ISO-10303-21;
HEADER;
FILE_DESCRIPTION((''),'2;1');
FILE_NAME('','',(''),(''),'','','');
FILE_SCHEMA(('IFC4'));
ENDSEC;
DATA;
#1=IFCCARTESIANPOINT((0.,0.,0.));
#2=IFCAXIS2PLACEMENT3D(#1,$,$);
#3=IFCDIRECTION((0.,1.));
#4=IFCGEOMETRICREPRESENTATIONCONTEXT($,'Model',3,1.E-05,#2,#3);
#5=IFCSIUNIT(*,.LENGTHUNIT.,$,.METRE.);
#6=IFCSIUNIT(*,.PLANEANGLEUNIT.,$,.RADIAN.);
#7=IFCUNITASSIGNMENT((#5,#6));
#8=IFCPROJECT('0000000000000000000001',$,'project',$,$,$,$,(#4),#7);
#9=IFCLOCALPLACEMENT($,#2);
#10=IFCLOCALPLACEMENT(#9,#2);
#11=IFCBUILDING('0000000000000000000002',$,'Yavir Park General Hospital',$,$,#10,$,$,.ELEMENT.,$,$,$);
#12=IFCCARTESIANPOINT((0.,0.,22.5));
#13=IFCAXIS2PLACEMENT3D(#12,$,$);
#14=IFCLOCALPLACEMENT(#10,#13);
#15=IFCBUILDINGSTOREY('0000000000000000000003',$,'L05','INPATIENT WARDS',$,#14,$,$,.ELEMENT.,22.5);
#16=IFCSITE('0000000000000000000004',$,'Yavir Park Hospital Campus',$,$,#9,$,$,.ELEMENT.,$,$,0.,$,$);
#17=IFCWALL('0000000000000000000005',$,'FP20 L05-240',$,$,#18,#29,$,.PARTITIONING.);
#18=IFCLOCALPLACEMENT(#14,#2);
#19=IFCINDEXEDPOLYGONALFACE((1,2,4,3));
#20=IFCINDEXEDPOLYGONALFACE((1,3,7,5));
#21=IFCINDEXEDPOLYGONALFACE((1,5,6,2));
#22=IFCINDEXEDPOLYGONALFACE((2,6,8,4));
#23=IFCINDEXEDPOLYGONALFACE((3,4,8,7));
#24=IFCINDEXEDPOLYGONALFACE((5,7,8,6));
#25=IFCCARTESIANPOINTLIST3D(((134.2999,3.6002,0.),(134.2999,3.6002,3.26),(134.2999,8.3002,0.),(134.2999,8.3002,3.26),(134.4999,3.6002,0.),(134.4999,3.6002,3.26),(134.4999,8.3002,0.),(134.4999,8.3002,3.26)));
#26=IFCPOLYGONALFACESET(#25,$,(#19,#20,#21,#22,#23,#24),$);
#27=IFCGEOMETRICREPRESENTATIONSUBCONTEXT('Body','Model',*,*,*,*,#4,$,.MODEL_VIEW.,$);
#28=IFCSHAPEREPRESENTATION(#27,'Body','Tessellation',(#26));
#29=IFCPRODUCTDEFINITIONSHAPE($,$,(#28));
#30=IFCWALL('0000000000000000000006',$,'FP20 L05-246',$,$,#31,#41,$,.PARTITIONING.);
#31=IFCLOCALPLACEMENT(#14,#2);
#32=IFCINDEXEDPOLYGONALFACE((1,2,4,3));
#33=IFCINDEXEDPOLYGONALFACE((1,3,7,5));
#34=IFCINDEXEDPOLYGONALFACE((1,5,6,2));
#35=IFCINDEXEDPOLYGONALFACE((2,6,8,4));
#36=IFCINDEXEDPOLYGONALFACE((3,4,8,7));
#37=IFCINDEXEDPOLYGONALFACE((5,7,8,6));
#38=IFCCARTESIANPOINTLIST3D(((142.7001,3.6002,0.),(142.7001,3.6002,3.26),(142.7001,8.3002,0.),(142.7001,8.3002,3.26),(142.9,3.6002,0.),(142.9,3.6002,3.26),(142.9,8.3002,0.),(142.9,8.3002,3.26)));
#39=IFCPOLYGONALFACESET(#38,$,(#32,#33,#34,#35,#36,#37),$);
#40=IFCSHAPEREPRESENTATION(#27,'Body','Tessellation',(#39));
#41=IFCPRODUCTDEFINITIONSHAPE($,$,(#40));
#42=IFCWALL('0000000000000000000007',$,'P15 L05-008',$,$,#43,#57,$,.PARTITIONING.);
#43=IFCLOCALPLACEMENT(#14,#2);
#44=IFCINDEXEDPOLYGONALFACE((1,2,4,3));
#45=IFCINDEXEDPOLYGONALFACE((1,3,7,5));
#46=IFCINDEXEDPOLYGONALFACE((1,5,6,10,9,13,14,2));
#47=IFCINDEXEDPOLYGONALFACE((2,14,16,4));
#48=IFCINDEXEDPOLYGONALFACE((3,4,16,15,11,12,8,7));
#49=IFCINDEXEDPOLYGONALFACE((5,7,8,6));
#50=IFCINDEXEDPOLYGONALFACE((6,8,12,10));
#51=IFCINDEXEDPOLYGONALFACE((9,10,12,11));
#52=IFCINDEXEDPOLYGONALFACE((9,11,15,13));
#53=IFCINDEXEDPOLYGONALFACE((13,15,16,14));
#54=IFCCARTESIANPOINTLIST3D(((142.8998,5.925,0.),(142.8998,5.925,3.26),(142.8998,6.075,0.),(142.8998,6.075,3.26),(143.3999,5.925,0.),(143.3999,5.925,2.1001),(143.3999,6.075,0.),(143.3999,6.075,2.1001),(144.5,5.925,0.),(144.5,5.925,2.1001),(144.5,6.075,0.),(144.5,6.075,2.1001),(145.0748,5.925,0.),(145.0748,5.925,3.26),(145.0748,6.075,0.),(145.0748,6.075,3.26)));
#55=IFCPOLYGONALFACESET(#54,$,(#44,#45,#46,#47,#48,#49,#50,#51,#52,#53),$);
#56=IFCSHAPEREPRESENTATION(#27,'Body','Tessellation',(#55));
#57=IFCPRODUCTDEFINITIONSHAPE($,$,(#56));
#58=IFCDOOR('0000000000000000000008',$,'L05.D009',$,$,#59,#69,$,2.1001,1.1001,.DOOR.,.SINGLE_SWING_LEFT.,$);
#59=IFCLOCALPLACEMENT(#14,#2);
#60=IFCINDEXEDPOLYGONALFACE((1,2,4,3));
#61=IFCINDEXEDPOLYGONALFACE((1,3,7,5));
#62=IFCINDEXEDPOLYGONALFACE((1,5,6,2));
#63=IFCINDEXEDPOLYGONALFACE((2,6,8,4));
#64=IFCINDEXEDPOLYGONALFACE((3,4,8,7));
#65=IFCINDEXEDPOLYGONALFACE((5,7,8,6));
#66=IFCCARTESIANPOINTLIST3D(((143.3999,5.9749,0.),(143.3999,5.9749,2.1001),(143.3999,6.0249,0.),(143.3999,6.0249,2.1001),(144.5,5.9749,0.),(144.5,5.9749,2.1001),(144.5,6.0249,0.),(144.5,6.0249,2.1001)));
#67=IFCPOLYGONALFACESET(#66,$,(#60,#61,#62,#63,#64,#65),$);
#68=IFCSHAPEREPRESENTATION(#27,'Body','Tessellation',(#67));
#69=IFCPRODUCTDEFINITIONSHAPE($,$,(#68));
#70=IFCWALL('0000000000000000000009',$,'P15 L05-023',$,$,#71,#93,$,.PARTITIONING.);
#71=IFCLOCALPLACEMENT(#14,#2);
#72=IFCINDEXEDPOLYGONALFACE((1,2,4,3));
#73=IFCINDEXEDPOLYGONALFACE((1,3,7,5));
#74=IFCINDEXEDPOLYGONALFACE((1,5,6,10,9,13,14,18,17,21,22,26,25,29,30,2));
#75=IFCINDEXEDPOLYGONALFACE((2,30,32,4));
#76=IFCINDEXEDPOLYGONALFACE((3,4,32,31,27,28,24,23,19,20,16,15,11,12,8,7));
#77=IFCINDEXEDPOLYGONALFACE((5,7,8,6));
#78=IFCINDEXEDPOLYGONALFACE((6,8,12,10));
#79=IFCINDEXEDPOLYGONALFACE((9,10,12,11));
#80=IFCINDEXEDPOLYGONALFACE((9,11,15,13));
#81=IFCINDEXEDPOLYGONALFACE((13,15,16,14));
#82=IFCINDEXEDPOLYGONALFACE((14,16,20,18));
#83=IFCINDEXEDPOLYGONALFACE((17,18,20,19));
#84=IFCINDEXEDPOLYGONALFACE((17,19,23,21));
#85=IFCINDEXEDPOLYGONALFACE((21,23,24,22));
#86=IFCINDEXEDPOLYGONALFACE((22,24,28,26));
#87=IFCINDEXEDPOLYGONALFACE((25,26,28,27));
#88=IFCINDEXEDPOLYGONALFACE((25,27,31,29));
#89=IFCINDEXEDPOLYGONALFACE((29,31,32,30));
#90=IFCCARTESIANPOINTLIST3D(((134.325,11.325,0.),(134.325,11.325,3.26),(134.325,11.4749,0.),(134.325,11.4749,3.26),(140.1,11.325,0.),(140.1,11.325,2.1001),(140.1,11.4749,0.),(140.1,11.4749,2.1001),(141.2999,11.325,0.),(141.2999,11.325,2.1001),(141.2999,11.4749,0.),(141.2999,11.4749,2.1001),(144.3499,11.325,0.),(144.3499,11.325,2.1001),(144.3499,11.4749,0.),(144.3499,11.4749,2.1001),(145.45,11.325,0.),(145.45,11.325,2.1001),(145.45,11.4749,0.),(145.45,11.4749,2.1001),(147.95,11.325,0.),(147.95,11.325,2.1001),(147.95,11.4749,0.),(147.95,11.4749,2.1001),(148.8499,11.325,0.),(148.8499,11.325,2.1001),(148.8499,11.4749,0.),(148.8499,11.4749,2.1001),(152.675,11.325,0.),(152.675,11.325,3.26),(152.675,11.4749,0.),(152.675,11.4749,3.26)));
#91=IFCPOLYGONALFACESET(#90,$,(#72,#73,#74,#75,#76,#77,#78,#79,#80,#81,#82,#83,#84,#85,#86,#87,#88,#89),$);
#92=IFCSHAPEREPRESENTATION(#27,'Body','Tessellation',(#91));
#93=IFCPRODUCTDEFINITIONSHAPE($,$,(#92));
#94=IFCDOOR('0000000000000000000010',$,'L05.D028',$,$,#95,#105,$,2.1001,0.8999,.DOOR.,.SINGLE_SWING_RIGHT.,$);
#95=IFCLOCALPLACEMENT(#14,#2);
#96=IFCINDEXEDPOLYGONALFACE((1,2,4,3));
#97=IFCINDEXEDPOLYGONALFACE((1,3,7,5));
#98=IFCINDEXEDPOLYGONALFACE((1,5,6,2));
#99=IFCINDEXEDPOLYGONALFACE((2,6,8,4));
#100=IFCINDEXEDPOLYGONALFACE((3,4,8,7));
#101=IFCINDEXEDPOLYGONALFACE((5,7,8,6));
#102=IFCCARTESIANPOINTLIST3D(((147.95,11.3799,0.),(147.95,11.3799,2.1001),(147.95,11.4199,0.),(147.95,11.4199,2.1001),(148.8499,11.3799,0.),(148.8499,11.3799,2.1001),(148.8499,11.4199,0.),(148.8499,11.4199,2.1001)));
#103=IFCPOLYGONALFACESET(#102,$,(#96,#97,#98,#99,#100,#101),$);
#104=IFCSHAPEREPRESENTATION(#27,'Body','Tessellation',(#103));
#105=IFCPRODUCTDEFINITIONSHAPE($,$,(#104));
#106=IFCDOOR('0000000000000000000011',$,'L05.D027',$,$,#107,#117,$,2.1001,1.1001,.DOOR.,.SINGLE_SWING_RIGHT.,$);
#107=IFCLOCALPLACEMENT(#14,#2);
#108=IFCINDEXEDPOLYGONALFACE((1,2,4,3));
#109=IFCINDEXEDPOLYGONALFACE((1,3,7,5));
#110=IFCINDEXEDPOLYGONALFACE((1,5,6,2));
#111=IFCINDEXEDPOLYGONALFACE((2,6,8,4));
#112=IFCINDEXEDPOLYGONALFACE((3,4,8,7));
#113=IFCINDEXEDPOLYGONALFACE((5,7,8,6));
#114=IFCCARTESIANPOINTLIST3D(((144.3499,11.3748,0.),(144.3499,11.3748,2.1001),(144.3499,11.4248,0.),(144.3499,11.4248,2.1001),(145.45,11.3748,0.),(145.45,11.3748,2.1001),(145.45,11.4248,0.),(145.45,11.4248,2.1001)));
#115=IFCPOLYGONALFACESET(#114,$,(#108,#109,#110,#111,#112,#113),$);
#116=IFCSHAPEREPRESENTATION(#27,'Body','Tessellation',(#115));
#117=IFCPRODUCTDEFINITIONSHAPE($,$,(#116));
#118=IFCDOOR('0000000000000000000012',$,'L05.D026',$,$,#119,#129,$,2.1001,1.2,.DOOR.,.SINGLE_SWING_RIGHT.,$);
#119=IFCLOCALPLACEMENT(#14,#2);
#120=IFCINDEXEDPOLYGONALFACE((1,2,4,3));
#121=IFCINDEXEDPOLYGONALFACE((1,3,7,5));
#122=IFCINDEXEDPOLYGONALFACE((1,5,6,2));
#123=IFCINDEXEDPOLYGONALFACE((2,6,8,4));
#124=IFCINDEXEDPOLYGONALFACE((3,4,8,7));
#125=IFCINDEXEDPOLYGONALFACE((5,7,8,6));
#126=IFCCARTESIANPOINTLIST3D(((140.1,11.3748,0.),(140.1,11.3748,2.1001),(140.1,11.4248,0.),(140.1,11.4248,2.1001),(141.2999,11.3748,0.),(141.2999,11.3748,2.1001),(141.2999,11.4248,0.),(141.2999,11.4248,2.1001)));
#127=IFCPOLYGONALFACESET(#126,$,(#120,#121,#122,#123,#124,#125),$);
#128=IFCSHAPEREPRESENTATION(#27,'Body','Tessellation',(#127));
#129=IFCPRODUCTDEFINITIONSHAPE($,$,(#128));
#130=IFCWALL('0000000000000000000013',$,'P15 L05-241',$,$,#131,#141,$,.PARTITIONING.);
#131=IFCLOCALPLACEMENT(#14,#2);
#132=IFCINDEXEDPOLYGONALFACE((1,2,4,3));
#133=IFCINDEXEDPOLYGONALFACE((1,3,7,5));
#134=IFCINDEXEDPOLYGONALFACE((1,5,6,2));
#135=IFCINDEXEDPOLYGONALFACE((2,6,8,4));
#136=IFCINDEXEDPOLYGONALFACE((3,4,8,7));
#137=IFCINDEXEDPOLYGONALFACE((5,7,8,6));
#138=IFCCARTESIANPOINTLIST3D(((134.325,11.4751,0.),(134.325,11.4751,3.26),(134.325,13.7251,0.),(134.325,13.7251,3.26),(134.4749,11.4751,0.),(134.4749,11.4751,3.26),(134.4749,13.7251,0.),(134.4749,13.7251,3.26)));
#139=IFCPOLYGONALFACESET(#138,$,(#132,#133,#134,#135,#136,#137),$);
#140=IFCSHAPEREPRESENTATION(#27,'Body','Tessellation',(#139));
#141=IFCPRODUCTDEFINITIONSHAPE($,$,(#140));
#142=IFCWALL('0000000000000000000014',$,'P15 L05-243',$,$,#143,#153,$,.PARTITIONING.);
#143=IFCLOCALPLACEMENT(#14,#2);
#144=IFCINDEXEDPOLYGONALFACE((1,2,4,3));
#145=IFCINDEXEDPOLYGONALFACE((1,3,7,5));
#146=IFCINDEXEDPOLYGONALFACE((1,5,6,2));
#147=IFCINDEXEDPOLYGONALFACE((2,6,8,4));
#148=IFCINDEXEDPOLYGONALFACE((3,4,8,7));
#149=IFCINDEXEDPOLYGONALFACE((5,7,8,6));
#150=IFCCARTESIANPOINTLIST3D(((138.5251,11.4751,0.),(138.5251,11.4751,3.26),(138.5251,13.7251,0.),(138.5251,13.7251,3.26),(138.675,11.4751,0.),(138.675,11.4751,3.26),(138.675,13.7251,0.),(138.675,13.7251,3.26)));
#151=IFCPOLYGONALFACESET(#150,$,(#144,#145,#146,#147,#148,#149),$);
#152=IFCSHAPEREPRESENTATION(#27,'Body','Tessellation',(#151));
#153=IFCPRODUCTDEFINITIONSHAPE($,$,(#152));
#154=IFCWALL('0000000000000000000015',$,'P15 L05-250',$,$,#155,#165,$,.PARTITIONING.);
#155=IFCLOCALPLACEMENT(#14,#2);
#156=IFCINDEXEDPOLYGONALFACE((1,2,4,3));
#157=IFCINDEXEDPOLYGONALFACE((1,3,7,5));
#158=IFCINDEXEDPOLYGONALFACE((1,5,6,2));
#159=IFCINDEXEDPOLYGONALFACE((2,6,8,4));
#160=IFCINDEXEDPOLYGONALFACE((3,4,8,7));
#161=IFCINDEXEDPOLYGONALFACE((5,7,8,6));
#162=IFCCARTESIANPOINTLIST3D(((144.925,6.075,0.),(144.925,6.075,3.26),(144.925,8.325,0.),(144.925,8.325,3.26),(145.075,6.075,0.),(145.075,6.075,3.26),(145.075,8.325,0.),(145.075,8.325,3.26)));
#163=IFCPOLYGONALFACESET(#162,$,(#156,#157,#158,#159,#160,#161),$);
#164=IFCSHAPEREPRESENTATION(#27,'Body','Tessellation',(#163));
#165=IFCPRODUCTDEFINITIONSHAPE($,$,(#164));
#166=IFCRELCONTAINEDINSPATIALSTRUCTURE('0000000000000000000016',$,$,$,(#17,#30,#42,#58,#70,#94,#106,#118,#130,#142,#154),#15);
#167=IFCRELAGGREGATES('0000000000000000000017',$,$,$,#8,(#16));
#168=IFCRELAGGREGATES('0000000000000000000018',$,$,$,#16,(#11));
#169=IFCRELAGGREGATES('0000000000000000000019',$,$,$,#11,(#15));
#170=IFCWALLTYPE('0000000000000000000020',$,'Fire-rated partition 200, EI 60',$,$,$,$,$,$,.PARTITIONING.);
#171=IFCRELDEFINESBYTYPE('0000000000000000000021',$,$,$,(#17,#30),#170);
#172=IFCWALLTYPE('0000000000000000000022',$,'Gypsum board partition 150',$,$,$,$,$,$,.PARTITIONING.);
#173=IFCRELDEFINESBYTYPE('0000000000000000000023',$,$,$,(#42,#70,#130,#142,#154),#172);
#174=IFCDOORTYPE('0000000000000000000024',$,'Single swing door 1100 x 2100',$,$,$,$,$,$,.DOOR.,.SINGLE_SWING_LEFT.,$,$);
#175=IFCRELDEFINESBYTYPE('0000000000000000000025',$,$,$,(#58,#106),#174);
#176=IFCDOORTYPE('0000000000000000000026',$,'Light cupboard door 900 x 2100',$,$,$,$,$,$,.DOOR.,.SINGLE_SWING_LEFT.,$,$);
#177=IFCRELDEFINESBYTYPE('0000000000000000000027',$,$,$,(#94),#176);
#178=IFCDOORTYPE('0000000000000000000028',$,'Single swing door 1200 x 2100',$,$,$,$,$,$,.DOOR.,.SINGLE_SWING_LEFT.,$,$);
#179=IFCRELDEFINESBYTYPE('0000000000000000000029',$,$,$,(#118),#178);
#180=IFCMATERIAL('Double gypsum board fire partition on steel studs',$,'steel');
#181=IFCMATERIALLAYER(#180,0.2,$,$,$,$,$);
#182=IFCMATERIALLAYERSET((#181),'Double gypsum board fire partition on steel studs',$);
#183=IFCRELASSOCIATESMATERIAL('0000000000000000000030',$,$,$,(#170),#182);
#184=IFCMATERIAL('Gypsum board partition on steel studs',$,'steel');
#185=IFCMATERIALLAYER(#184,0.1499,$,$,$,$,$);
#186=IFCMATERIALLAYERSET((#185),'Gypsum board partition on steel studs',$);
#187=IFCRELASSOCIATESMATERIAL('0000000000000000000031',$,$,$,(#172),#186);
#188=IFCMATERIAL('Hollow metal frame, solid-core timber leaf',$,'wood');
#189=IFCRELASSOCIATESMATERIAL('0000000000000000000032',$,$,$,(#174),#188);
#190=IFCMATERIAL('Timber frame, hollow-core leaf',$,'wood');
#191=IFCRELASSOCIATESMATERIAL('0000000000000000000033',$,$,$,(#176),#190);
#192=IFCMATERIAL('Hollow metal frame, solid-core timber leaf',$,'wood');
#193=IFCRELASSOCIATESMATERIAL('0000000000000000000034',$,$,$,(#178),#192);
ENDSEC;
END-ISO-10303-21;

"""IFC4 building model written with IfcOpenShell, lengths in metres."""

from ifc_helpers import new_model, si_unit, direction, frame, frame_2d, origin, place, context, subcontext, project, spatial, rectangle, extrude, material, layer, layer_set, type_object, element, fill, save


model = new_model("IFC4")

# Units and contexts
model_context = context("Model", 3, precision=1e-05, world=origin(), true_north=direction((0.0, 1.0)))
body_context = subcontext(model_context, "Body", "Model", "MODEL_VIEW")
ifc_project = project(units=[si_unit("LENGTHUNIT", "METRE"), si_unit("PLANEANGLEUNIT", "RADIAN")], contexts=[model_context])

# Site, building, storey
site_placement = place(None, origin())
site = spatial("IfcSite", under=ifc_project, at=site_placement, Name="Yavir Park Hospital Campus", CompositionType="ELEMENT", RefElevation=0.0)
building_placement = place(site_placement, origin())
building = spatial("IfcBuilding", under=site, at=building_placement, Name="Yavir Park General Hospital", CompositionType="ELEMENT")
storey_placement = place(building_placement, frame((0.0, 0.0, 22.5)))
storey = spatial("IfcBuildingStorey", under=building, at=storey_placement, Name="L05", Description="INPATIENT WARDS", CompositionType="ELEMENT", Elevation=22.5)

# Shared definitions
ifc_material_1 = material(Name="Double gypsum board fire partition on steel studs", Category="steel")
ifc_layer_1 = layer(ifc_material_1, 0.2)
ifc_layer_set_1 = layer_set([ifc_layer_1], Name="Double gypsum board fire partition on steel studs")
wall_type_1 = type_object("IfcWallType", Name="Fire-rated partition 200, EI 60", PredefinedType="PARTITIONING", material=ifc_layer_set_1)

# Walls
for number, where, z_axis, x_axis, name in (
    (1, (134.3999, 3.6001, 0.0), (0.0, 0.0, 1.0), (0.0, 1.0, 0.0), "FP20 L05-240"),
    (2, (142.8, 3.6001, 0.0), (0.0, 0.0, 1.0), (0.0, 1.0, 0.0), "FP20 L05-246"),
):
    element("IfcWall", number, at=place(storey_placement, frame(where, z_axis=z_axis, x_axis=x_axis)), inside=storey, type_object=wall_type_1, Name=name, PredefinedType="PARTITIONING", context=body_context, shape_type="SweptSolid", body=[
        extrude(rectangle(XDim=4.7, YDim=0.2, at=frame_2d((2.3501, 0.0))), origin(), (0.0, 0.0, 1.0), 3.26),
    ])

# Wall, opening, door
ifc_material_2 = material(Name="Gypsum board partition on steel studs", Category="steel")
ifc_layer_2 = layer(ifc_material_2, 0.1499)
ifc_layer_set_2 = layer_set([ifc_layer_2], Name="Gypsum board partition on steel studs")
wall_type_2 = type_object("IfcWallType", Name="Gypsum board partition 150", PredefinedType="PARTITIONING", material=ifc_layer_set_2)
wall_1_placement = place(storey_placement, frame((142.8999, 6.0, 0.0), z_axis=(0.0, 0.0, 1.0), x_axis=(1.0, 0.0, 0.0)))
wall_1 = element("IfcWall", 3, at=wall_1_placement, inside=storey, type_object=wall_type_2, Name="P15 L05-008", PredefinedType="PARTITIONING", context=body_context, shape_type="SweptSolid", body=[
    extrude(rectangle(XDim=2.175, YDim=0.1499, at=frame_2d((1.0874, 0.0))), origin(), (0.0, 0.0, 1.0), 3.26),
])
opening_1_placement = place(wall_1_placement, frame((0.5, 0.0, 0.0)))
opening_1 = element("IfcOpeningElement", 4, at=opening_1_placement, cuts=wall_1, PredefinedType="OPENING", context=body_context, shape_type="SweptSolid", body=[
    extrude(rectangle(XDim=1.1001, YDim=2.1001, at=frame_2d((0.55, 1.05))), frame((0.0, 0.085, 0.0), z_axis=(0.0, -1.0, 0.0), x_axis=(1.0, 0.0, 0.0)), (0.0, 0.0, 1.0), 0.1699),
])
ifc_material_3 = material(Name="Hollow metal frame, solid-core timber leaf", Category="wood")
door_type_1 = type_object("IfcDoorType", Name="Single swing door 1100 x 2100", OperationType="SINGLE_SWING_LEFT", PredefinedType="DOOR", material=ifc_material_3)
door_1_placement = place(opening_1_placement, origin())
door_1 = element("IfcDoor", 5, at=door_1_placement, inside=storey, type_object=door_type_1, Name="L05.D009", OperationType="SINGLE_SWING_LEFT", OverallHeight=2.1001, OverallWidth=1.1001, PredefinedType="DOOR", context=body_context, shape_type="SweptSolid", body=[
    extrude(rectangle(XDim=1.1001, YDim=2.1001, at=frame_2d((0.55, 1.05))), frame((0.0, 0.0249, 0.0), z_axis=(0.0, -1.0, 0.0), x_axis=(1.0, 0.0, 0.0)), (0.0, 0.0, 1.0), 0.05),
])
fill(opening_1, door_1)

# Wall, openings, doors
wall_2_placement = place(storey_placement, frame((134.325, 11.3999, 0.0), z_axis=(0.0, 0.0, 1.0), x_axis=(1.0, 0.0, 0.0)))
wall_2 = element("IfcWall", 6, at=wall_2_placement, inside=storey, type_object=wall_type_2, Name="P15 L05-023", PredefinedType="PARTITIONING", context=body_context, shape_type="SweptSolid", body=[
    extrude(rectangle(XDim=18.3501, YDim=0.1499, at=frame_2d((9.175, 0.0))), origin(), (0.0, 0.0, 1.0), 3.26),
])
opening_2_placement = place(wall_2_placement, frame((5.7749, 0.0, 0.0)))
opening_2 = element("IfcOpeningElement", 7, at=opening_2_placement, cuts=wall_2, PredefinedType="OPENING", context=body_context, shape_type="SweptSolid", body=[
    extrude(rectangle(XDim=1.2, YDim=2.1001, at=frame_2d((0.6001, 1.05))), frame((0.0, 0.085, 0.0), z_axis=(0.0, -1.0, 0.0), x_axis=(1.0, 0.0, 0.0)), (0.0, 0.0, 1.0), 0.1699),
])
opening_3_placement = place(wall_2_placement, frame((10.0249, 0.0, 0.0)))
opening_3 = element("IfcOpeningElement", 8, at=opening_3_placement, cuts=wall_2, PredefinedType="OPENING", context=body_context, shape_type="SweptSolid", body=[
    extrude(rectangle(XDim=1.1001, YDim=2.1001, at=frame_2d((0.55, 1.05))), frame((0.0, 0.085, 0.0), z_axis=(0.0, -1.0, 0.0), x_axis=(1.0, 0.0, 0.0)), (0.0, 0.0, 1.0), 0.1699),
])
opening_4_placement = place(wall_2_placement, frame((13.625, 0.0, 0.0)))
opening_4 = element("IfcOpeningElement", 9, at=opening_4_placement, cuts=wall_2, PredefinedType="OPENING", context=body_context, shape_type="SweptSolid", body=[
    extrude(rectangle(XDim=0.8999, YDim=2.1001, at=frame_2d((0.45, 1.05))), frame((0.0, 0.085, 0.0), z_axis=(0.0, -1.0, 0.0), x_axis=(1.0, 0.0, 0.0)), (0.0, 0.0, 1.0), 0.1699),
])
ifc_material_4 = material(Name="Timber frame, hollow-core leaf", Category="wood")
door_type_2 = type_object("IfcDoorType", Name="Light cupboard door 900 x 2100", OperationType="SINGLE_SWING_LEFT", PredefinedType="DOOR", material=ifc_material_4)
door_2_placement = place(opening_4_placement, origin())
door_2 = element("IfcDoor", 10, at=door_2_placement, inside=storey, type_object=door_type_2, Name="L05.D028", OperationType="SINGLE_SWING_RIGHT", OverallHeight=2.1001, OverallWidth=0.8999, PredefinedType="DOOR", context=body_context, shape_type="SweptSolid", body=[
    extrude(rectangle(XDim=0.8999, YDim=2.1001, at=frame_2d((0.45, 1.05))), frame((0.0, 0.02, 0.0), z_axis=(0.0, -1.0, 0.0), x_axis=(1.0, 0.0, 0.0)), (0.0, 0.0, 1.0), 0.04),
])
fill(opening_4, door_2)
door_3_placement = place(opening_3_placement, origin())
door_3 = element("IfcDoor", 11, at=door_3_placement, inside=storey, type_object=door_type_1, Name="L05.D027", OperationType="SINGLE_SWING_RIGHT", OverallHeight=2.1001, OverallWidth=1.1001, PredefinedType="DOOR", context=body_context, shape_type="SweptSolid", body=[
    extrude(rectangle(XDim=1.1001, YDim=2.1001, at=frame_2d((0.55, 1.05))), frame((0.0, 0.0249, 0.0), z_axis=(0.0, -1.0, 0.0), x_axis=(1.0, 0.0, 0.0)), (0.0, 0.0, 1.0), 0.05),
])
fill(opening_3, door_3)
ifc_material_5 = material(Name="Hollow metal frame, solid-core timber leaf", Category="wood")
door_type_3 = type_object("IfcDoorType", Name="Single swing door 1200 x 2100", OperationType="SINGLE_SWING_LEFT", PredefinedType="DOOR", material=ifc_material_5)
door_4_placement = place(opening_2_placement, origin())
door_4 = element("IfcDoor", 12, at=door_4_placement, inside=storey, type_object=door_type_3, Name="L05.D026", OperationType="SINGLE_SWING_RIGHT", OverallHeight=2.1001, OverallWidth=1.2, PredefinedType="DOOR", context=body_context, shape_type="SweptSolid", body=[
    extrude(rectangle(XDim=1.2, YDim=2.1001, at=frame_2d((0.6001, 1.05))), frame((0.0, 0.0249, 0.0), z_axis=(0.0, -1.0, 0.0), x_axis=(1.0, 0.0, 0.0)), (0.0, 0.0, 1.0), 0.05),
])
fill(opening_2, door_4)

# Walls
for number, where, z_axis, x_axis, name in (
    (13, (134.3999, 11.4751, 0.0), (0.0, 0.0, 1.0), (0.0, 1.0, 0.0), "P15 L05-241"),
    (14, (138.6001, 11.4751, 0.0), (0.0, 0.0, 1.0), (0.0, 1.0, 0.0), "P15 L05-243"),
    (15, (145.0, 6.075, 0.0), (0.0, 0.0, 1.0), (0.0, 1.0, 0.0), "P15 L05-250"),
):
    element("IfcWall", number, at=place(storey_placement, frame(where, z_axis=z_axis, x_axis=x_axis)), inside=storey, type_object=wall_type_2, Name=name, PredefinedType="PARTITIONING", context=body_context, shape_type="SweptSolid", body=[
        extrude(rectangle(XDim=2.25, YDim=0.1499, at=frame_2d((1.125, 0.0))), origin(), (0.0, 0.0, 1.0), 3.26),
    ])

save(model, "model.ifc")
